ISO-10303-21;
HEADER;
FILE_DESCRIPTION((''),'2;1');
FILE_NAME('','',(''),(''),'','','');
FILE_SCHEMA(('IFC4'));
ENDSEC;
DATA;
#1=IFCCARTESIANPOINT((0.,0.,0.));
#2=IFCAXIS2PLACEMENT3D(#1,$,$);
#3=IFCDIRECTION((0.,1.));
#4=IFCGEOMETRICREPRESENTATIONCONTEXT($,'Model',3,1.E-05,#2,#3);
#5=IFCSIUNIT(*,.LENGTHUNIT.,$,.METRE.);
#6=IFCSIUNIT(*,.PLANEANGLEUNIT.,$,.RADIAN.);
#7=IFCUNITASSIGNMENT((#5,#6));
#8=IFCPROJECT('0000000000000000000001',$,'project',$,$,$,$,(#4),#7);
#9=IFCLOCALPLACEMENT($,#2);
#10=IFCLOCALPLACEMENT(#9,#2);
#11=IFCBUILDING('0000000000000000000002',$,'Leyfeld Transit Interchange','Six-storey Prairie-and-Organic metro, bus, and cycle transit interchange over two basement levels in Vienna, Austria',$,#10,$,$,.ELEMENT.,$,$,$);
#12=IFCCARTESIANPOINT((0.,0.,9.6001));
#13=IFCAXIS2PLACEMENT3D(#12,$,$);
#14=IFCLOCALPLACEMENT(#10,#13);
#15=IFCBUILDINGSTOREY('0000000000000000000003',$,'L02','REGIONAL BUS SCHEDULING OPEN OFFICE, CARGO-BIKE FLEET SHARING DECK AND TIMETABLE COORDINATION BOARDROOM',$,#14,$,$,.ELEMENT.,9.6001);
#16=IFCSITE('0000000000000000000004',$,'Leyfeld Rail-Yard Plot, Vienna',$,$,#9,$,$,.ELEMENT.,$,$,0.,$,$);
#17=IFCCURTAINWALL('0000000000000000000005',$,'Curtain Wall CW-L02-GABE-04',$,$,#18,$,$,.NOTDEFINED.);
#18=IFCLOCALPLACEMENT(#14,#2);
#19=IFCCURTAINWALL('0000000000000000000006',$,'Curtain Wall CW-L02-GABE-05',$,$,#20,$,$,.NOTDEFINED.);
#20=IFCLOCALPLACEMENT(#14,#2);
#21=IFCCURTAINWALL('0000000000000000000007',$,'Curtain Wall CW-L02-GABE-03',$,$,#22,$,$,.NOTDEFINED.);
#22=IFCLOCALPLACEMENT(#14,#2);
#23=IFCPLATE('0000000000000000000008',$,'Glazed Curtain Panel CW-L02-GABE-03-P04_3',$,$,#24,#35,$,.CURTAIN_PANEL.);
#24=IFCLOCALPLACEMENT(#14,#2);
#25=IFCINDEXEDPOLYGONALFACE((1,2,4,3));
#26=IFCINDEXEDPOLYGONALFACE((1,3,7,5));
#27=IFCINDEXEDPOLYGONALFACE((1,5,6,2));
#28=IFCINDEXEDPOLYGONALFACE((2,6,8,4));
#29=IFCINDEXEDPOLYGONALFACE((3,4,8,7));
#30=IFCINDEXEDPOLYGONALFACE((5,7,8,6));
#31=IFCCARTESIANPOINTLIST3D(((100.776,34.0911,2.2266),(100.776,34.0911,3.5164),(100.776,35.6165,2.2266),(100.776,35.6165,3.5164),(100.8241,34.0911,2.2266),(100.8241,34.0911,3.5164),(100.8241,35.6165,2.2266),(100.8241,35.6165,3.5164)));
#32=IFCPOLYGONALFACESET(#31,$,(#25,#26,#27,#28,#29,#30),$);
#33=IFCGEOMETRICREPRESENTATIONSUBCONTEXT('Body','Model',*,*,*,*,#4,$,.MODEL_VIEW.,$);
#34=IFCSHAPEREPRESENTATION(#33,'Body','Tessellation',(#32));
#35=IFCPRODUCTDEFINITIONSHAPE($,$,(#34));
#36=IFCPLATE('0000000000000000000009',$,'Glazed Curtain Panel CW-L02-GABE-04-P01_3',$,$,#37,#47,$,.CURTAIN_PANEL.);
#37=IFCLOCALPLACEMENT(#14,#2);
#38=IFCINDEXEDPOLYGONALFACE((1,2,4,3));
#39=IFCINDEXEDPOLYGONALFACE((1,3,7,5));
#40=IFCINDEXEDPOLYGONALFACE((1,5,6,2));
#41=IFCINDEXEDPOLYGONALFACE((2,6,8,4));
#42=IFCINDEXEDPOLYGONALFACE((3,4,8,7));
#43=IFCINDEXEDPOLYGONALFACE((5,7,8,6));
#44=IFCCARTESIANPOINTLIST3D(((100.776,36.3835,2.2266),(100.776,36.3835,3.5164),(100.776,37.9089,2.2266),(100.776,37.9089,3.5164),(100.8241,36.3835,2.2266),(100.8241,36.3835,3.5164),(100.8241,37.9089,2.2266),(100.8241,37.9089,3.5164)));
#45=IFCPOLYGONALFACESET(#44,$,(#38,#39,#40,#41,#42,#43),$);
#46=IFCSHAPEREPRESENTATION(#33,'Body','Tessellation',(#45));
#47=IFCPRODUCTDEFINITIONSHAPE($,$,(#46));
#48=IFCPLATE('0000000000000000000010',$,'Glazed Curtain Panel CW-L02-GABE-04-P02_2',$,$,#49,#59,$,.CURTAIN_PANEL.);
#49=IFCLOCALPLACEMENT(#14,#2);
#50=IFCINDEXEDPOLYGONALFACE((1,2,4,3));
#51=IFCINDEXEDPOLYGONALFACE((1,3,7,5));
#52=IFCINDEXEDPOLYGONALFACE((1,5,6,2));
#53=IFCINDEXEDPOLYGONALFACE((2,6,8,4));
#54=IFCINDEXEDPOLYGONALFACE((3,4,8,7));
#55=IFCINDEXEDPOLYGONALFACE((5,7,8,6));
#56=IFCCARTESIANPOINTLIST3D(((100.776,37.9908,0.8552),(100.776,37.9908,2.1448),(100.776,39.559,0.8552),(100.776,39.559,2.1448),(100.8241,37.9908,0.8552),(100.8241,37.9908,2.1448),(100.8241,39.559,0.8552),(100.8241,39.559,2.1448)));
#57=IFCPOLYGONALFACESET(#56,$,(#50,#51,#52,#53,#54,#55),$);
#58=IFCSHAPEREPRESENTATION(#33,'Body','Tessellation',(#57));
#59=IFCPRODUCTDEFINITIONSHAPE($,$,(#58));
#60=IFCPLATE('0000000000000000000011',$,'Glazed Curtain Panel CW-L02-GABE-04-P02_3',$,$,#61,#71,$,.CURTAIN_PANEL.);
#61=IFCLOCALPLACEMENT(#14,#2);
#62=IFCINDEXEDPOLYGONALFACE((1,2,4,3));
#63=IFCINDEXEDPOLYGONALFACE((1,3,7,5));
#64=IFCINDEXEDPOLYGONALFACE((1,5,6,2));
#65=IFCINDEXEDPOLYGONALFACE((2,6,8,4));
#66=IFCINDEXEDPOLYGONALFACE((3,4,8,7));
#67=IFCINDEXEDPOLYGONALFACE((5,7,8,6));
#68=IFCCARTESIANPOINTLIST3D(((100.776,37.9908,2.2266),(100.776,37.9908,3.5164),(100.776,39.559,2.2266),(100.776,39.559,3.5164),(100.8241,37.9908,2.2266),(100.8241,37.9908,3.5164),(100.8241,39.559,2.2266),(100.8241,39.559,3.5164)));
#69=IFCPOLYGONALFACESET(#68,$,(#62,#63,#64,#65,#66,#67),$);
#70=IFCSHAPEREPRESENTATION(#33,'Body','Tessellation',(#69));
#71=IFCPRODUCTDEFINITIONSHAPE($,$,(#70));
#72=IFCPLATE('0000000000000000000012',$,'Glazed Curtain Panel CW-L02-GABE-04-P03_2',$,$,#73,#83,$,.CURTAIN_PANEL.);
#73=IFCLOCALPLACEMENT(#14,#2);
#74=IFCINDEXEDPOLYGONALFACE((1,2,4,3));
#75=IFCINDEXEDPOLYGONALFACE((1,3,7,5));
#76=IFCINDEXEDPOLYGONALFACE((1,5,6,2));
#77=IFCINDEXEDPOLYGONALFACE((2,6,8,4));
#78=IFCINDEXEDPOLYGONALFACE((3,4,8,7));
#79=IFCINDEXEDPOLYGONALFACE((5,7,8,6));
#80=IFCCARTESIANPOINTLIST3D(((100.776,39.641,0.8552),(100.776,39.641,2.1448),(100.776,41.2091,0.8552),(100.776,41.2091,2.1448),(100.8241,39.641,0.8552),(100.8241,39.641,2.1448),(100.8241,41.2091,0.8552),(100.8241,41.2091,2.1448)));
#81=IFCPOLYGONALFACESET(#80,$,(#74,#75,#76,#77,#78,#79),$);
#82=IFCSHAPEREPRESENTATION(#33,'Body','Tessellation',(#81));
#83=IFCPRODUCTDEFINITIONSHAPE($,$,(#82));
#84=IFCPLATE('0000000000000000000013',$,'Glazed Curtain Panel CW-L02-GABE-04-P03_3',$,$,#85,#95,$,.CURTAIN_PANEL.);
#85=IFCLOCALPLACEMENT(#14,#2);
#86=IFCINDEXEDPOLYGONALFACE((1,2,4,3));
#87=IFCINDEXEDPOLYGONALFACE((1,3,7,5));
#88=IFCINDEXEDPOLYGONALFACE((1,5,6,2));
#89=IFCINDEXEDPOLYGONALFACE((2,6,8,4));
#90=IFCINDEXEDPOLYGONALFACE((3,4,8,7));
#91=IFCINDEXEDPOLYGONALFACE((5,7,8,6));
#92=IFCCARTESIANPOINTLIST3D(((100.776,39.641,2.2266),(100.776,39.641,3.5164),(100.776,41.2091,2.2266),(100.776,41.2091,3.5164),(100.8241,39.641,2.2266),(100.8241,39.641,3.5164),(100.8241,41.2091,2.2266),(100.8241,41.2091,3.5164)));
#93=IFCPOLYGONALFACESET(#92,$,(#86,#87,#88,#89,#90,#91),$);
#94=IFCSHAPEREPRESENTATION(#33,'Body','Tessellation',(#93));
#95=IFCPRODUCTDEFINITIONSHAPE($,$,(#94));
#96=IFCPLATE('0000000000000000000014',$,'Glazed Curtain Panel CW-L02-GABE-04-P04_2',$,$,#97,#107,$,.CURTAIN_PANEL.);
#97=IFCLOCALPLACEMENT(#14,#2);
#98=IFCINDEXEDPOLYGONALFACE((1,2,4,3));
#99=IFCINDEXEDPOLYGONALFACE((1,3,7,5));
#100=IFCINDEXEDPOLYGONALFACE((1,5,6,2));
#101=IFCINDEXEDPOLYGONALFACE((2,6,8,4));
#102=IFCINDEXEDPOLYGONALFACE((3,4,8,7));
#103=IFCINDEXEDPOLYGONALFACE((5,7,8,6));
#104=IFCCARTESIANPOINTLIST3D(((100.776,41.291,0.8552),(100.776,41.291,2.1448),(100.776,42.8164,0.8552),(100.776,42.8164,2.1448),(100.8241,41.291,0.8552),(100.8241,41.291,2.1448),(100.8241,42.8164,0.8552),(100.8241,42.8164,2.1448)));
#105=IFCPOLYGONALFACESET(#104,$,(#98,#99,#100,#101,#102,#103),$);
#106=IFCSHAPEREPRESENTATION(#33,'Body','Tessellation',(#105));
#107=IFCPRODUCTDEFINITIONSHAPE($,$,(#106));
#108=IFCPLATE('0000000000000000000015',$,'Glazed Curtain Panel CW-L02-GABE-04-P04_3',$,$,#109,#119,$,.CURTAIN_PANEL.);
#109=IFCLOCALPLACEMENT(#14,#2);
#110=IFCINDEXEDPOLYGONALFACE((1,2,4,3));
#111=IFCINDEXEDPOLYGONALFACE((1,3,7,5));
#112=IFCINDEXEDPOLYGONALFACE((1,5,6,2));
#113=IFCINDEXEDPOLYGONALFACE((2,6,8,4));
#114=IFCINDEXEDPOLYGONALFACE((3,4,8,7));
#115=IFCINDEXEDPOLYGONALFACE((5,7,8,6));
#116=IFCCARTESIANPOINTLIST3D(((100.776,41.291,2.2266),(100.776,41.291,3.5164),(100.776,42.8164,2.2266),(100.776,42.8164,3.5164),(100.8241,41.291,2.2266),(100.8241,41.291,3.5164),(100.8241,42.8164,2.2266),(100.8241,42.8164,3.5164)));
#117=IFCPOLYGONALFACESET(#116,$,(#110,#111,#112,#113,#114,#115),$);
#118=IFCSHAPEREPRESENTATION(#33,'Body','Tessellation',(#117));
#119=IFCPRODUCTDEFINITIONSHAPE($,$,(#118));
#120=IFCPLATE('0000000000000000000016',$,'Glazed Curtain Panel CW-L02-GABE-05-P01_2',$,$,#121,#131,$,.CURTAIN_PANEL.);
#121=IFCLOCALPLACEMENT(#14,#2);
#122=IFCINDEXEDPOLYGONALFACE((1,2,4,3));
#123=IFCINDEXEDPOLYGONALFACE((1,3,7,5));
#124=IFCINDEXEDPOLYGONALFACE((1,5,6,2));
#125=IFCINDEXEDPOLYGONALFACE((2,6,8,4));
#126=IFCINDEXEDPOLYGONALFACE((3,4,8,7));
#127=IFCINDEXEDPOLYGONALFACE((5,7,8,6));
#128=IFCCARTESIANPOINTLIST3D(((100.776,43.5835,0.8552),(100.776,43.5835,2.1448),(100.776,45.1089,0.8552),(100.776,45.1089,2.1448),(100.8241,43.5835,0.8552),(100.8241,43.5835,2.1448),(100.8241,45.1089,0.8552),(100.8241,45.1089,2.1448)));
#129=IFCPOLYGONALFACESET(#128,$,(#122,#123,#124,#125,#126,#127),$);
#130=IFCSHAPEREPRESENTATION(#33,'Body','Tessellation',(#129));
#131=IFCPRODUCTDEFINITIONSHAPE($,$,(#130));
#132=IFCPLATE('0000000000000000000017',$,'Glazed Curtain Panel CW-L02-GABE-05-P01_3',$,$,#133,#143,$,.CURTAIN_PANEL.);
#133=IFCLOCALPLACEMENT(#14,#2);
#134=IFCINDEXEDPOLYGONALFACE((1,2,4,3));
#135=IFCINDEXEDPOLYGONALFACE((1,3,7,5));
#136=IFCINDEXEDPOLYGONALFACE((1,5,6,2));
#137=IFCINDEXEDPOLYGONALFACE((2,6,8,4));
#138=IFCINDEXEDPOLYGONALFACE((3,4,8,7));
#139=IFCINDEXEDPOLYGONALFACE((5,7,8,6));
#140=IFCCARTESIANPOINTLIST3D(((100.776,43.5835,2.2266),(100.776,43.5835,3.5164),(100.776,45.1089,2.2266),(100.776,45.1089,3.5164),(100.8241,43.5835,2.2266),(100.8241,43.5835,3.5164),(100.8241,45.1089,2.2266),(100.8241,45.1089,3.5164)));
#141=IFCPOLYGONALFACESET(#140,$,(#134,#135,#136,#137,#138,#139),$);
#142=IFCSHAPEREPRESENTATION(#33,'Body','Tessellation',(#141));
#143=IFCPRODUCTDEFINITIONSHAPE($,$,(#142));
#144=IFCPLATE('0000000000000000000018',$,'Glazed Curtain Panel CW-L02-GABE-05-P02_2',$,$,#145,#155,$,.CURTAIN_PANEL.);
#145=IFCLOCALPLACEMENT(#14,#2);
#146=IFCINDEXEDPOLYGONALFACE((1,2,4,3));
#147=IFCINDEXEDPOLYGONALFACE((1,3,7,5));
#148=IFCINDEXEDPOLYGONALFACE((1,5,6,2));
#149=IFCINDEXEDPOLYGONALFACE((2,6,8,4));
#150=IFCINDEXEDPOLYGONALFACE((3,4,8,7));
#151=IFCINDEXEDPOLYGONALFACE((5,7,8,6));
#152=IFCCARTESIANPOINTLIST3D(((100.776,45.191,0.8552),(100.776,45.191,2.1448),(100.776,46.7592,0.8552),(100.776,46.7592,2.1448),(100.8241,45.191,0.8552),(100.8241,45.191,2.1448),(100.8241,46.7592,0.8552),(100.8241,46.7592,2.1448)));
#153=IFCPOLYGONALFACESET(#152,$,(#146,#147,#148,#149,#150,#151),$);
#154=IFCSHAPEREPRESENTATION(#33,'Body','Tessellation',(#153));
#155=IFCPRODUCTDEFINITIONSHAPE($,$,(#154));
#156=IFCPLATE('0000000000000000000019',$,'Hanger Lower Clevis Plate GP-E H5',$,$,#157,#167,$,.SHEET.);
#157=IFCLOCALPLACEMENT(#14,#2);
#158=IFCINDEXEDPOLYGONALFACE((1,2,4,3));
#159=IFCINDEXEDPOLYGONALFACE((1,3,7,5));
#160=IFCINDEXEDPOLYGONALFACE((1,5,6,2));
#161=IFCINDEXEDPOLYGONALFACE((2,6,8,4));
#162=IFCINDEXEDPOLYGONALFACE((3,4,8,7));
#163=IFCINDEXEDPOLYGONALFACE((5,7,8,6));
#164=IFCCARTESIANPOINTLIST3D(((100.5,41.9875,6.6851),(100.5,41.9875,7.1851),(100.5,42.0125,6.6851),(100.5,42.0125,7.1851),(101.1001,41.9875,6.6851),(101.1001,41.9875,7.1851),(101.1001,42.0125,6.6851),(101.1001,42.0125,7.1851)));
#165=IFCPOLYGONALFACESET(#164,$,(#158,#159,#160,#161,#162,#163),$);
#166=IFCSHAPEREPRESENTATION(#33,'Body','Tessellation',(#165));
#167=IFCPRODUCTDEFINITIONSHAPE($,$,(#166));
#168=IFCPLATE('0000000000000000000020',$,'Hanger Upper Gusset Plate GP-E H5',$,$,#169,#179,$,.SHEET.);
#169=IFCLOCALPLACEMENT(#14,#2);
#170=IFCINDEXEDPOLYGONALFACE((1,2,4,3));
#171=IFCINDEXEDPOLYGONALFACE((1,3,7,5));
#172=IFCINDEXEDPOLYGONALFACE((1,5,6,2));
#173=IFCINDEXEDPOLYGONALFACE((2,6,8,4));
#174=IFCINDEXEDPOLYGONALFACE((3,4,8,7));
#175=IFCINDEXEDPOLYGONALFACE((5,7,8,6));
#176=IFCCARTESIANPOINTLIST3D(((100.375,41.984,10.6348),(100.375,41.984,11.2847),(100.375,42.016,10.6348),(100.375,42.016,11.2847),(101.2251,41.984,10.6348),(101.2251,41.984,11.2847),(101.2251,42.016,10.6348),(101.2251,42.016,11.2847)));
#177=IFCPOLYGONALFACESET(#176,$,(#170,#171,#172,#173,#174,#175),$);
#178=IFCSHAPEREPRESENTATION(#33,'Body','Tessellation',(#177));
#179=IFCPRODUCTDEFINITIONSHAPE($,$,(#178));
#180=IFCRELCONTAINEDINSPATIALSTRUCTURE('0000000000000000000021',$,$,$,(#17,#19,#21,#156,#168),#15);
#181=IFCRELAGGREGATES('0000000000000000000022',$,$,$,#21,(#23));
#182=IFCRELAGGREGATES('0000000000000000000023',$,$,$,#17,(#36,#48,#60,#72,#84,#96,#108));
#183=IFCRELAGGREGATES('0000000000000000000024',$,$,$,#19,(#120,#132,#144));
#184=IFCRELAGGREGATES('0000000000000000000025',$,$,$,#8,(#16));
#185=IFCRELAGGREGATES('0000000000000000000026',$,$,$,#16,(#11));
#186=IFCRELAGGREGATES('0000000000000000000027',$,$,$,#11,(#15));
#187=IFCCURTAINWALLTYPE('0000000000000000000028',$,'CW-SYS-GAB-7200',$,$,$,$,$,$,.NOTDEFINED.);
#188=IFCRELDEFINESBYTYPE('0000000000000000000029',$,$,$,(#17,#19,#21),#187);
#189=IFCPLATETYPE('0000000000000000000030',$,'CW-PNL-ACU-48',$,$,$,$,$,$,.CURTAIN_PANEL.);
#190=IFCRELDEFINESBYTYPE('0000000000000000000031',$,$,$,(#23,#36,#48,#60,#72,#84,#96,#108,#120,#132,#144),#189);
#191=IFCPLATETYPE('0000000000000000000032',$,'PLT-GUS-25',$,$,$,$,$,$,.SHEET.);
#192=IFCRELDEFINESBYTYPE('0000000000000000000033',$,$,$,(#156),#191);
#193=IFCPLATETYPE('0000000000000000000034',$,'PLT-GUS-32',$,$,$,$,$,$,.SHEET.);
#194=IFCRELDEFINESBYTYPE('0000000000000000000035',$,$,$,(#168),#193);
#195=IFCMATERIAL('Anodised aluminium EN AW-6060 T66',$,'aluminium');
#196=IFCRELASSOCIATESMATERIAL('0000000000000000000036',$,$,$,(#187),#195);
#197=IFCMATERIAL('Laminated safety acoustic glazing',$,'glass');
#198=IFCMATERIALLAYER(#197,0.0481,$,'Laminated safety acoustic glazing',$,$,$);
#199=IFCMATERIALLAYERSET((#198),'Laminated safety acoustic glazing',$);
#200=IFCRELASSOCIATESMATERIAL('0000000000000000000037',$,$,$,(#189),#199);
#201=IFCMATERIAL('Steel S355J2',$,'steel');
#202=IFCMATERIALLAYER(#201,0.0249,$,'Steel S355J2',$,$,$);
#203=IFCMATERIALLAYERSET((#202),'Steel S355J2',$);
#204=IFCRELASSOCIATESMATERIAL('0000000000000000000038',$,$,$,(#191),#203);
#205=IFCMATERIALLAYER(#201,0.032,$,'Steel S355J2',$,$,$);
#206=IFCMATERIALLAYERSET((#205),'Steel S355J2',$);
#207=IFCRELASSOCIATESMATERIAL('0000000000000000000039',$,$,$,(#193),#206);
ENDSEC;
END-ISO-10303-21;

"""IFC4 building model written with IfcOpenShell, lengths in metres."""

from ifc_helpers import new_model, si_unit, direction, frame, origin, origin_2d, place, context, subcontext, project, spatial, rectangle, extrude, material, layer, layer_set, type_object, element, aggregate, save


model = new_model("IFC4")

# Units and contexts
model_context = context("Model", 3, precision=1e-05, world=origin(), true_north=direction((0.0, 1.0)))
body_context = subcontext(model_context, "Body", "Model", "MODEL_VIEW")
ifc_project = project(units=[si_unit("LENGTHUNIT", "METRE"), si_unit("PLANEANGLEUNIT", "RADIAN")], contexts=[model_context])

# Site, building, storey
site_placement = place(None, origin())
site = spatial("IfcSite", under=ifc_project, at=site_placement, Name="Leyfeld Rail-Yard Plot, Vienna", CompositionType="ELEMENT", RefElevation=0.0)
building_placement = place(site_placement, origin())
building = spatial("IfcBuilding", under=site, at=building_placement, Name="Leyfeld Transit Interchange", Description="Six-storey Prairie-and-Organic metro, bus, and cycle transit interchange over two basement levels in Vienna, Austria", CompositionType="ELEMENT")
storey_placement = place(building_placement, frame((0.0, 0.0, 9.6001)))
storey = spatial("IfcBuildingStorey", under=building, at=storey_placement, Name="L02", Description="REGIONAL BUS SCHEDULING OPEN OFFICE, CARGO-BIKE FLEET SHARING DECK AND TIMETABLE COORDINATION BOARDROOM", CompositionType="ELEMENT", Elevation=9.6001)

# Curtain walls
ifc_material_1 = material(Name="Anodised aluminium EN AW-6060 T66", Category="aluminium")
curtain_wall_type = type_object("IfcCurtainWallType", Name="CW-SYS-GAB-7200", PredefinedType="NOTDEFINED", material=ifc_material_1)
curtain_wall_1_placement = place(storey_placement, origin())
curtain_wall_1 = element("IfcCurtainWall", 1, at=curtain_wall_1_placement, inside=storey, type_object=curtain_wall_type, Name="Curtain Wall CW-L02-GABE-04", PredefinedType="NOTDEFINED")
curtain_wall_2_placement = place(storey_placement, origin())
curtain_wall_2 = element("IfcCurtainWall", 2, at=curtain_wall_2_placement, inside=storey, type_object=curtain_wall_type, Name="Curtain Wall CW-L02-GABE-05", PredefinedType="NOTDEFINED")

# Shared definitions
ifc_material_2 = material(Name="Steel S355J2", Category="steel")

# Curtain wall, plate
curtain_wall_3_placement = place(storey_placement, origin())
curtain_wall_3 = element("IfcCurtainWall", 3, at=curtain_wall_3_placement, inside=storey, type_object=curtain_wall_type, Name="Curtain Wall CW-L02-GABE-03", PredefinedType="NOTDEFINED")
ifc_material_3 = material(Name="Laminated safety acoustic glazing", Category="glass")
ifc_layer_1 = layer(ifc_material_3, 0.0481, Name="Laminated safety acoustic glazing")
ifc_layer_set_1 = layer_set([ifc_layer_1], Name="Laminated safety acoustic glazing")
plate_type_1 = type_object("IfcPlateType", Name="CW-PNL-ACU-48", PredefinedType="CURTAIN_PANEL", material=ifc_layer_set_1)
plate_1_placement = place(storey_placement, frame((100.8, 34.8538, 2.2266), z_axis=(0.0, 0.0, 1.0), x_axis=(0.0, 1.0, 0.0)))
plate_1 = element("IfcPlate", 4, at=plate_1_placement, type_object=plate_type_1, Name="Glazed Curtain Panel CW-L02-GABE-03-P04_3", PredefinedType="CURTAIN_PANEL", context=body_context, shape_type="SweptSolid", body=[
    extrude(rectangle(XDim=1.5254, YDim=0.0481, at=origin_2d()), origin(), (0.0, 0.0, 1.0), 1.2898),
])
aggregate(curtain_wall_3, [plate_1])

# Plates
plate_2_placement = place(storey_placement, frame((100.8, 37.1462, 2.2266), z_axis=(0.0, 0.0, 1.0), x_axis=(0.0, 1.0, 0.0)))
plate_2 = element("IfcPlate", 5, at=plate_2_placement, type_object=plate_type_1, Name="Glazed Curtain Panel CW-L02-GABE-04-P01_3", PredefinedType="CURTAIN_PANEL", context=body_context, shape_type="SweptSolid", body=[
    extrude(rectangle(XDim=1.5254, YDim=0.0481, at=origin_2d()), origin(), (0.0, 0.0, 1.0), 1.2898),
])
plate_3_placement = place(storey_placement, frame((100.8, 38.7749, 0.8552), z_axis=(0.0, 0.0, 1.0), x_axis=(0.0, 1.0, 0.0)))
plate_3 = element("IfcPlate", 6, at=plate_3_placement, type_object=plate_type_1, Name="Glazed Curtain Panel CW-L02-GABE-04-P02_2", PredefinedType="CURTAIN_PANEL", context=body_context, shape_type="SweptSolid", body=[
    extrude(rectangle(XDim=1.5681, YDim=0.0481, at=origin_2d()), origin(), (0.0, 0.0, 1.0), 1.2896),
])
plate_4_placement = place(storey_placement, frame((100.8, 38.7749, 2.2266), z_axis=(0.0, 0.0, 1.0), x_axis=(0.0, 1.0, 0.0)))
plate_4 = element("IfcPlate", 7, at=plate_4_placement, type_object=plate_type_1, Name="Glazed Curtain Panel CW-L02-GABE-04-P02_3", PredefinedType="CURTAIN_PANEL", context=body_context, shape_type="SweptSolid", body=[
    extrude(rectangle(XDim=1.5681, YDim=0.0481, at=origin_2d()), origin(), (0.0, 0.0, 1.0), 1.2898),
])
plate_5_placement = place(storey_placement, frame((100.8, 40.425, 0.8552), z_axis=(0.0, 0.0, 1.0), x_axis=(0.0, 1.0, 0.0)))
plate_5 = element("IfcPlate", 8, at=plate_5_placement, type_object=plate_type_1, Name="Glazed Curtain Panel CW-L02-GABE-04-P03_2", PredefinedType="CURTAIN_PANEL", context=body_context, shape_type="SweptSolid", body=[
    extrude(rectangle(XDim=1.5681, YDim=0.0481, at=origin_2d()), origin(), (0.0, 0.0, 1.0), 1.2896),
])
plate_6_placement = place(storey_placement, frame((100.8, 40.425, 2.2266), z_axis=(0.0, 0.0, 1.0), x_axis=(0.0, 1.0, 0.0)))
plate_6 = element("IfcPlate", 9, at=plate_6_placement, type_object=plate_type_1, Name="Glazed Curtain Panel CW-L02-GABE-04-P03_3", PredefinedType="CURTAIN_PANEL", context=body_context, shape_type="SweptSolid", body=[
    extrude(rectangle(XDim=1.5681, YDim=0.0481, at=origin_2d()), origin(), (0.0, 0.0, 1.0), 1.2898),
])
plate_7_placement = place(storey_placement, frame((100.8, 42.0537, 0.8552), z_axis=(0.0, 0.0, 1.0), x_axis=(0.0, 1.0, 0.0)))
plate_7 = element("IfcPlate", 10, at=plate_7_placement, type_object=plate_type_1, Name="Glazed Curtain Panel CW-L02-GABE-04-P04_2", PredefinedType="CURTAIN_PANEL", context=body_context, shape_type="SweptSolid", body=[
    extrude(rectangle(XDim=1.5254, YDim=0.0481, at=origin_2d()), origin(), (0.0, 0.0, 1.0), 1.2896),
])
plate_8_placement = place(storey_placement, frame((100.8, 42.0537, 2.2266), z_axis=(0.0, 0.0, 1.0), x_axis=(0.0, 1.0, 0.0)))
plate_8 = element("IfcPlate", 11, at=plate_8_placement, type_object=plate_type_1, Name="Glazed Curtain Panel CW-L02-GABE-04-P04_3", PredefinedType="CURTAIN_PANEL", context=body_context, shape_type="SweptSolid", body=[
    extrude(rectangle(XDim=1.5254, YDim=0.0481, at=origin_2d()), origin(), (0.0, 0.0, 1.0), 1.2898),
])
aggregate(curtain_wall_1, [plate_2, plate_3, plate_4, plate_5, plate_6, plate_7, plate_8])
plate_9_placement = place(storey_placement, frame((100.8, 44.3462, 0.8552), z_axis=(0.0, 0.0, 1.0), x_axis=(0.0, 1.0, 0.0)))
plate_9 = element("IfcPlate", 12, at=plate_9_placement, type_object=plate_type_1, Name="Glazed Curtain Panel CW-L02-GABE-05-P01_2", PredefinedType="CURTAIN_PANEL", context=body_context, shape_type="SweptSolid", body=[
    extrude(rectangle(XDim=1.5254, YDim=0.0481, at=origin_2d()), origin(), (0.0, 0.0, 1.0), 1.2896),
])
plate_10_placement = place(storey_placement, frame((100.8, 44.3462, 2.2266), z_axis=(0.0, 0.0, 1.0), x_axis=(0.0, 1.0, 0.0)))
plate_10 = element("IfcPlate", 13, at=plate_10_placement, type_object=plate_type_1, Name="Glazed Curtain Panel CW-L02-GABE-05-P01_3", PredefinedType="CURTAIN_PANEL", context=body_context, shape_type="SweptSolid", body=[
    extrude(rectangle(XDim=1.5254, YDim=0.0481, at=origin_2d()), origin(), (0.0, 0.0, 1.0), 1.2898),
])
plate_11_placement = place(storey_placement, frame((100.8, 45.9751, 0.8552), z_axis=(0.0, 0.0, 1.0), x_axis=(0.0, 1.0, 0.0)))
plate_11 = element("IfcPlate", 14, at=plate_11_placement, type_object=plate_type_1, Name="Glazed Curtain Panel CW-L02-GABE-05-P02_2", PredefinedType="CURTAIN_PANEL", context=body_context, shape_type="SweptSolid", body=[
    extrude(rectangle(XDim=1.5681, YDim=0.0481, at=origin_2d()), origin(), (0.0, 0.0, 1.0), 1.2896),
])
aggregate(curtain_wall_2, [plate_9, plate_10, plate_11])

# Plates
ifc_layer_2 = layer(ifc_material_2, 0.0249, Name="Steel S355J2")
ifc_layer_set_2 = layer_set([ifc_layer_2], Name="Steel S355J2")
plate_type_2 = type_object("IfcPlateType", Name="PLT-GUS-25", PredefinedType="SHEET", material=ifc_layer_set_2)
plate_12_placement = place(storey_placement, frame((100.8, 42.0, 6.6851), z_axis=(0.0, 0.0, 1.0), x_axis=(1.0, 0.0, 0.0)))
element("IfcPlate", 15, at=plate_12_placement, inside=storey, type_object=plate_type_2, Name="Hanger Lower Clevis Plate GP-E H5", PredefinedType="SHEET", context=body_context, shape_type="SweptSolid", body=[
    extrude(rectangle(XDim=0.6001, YDim=0.0249, at=origin_2d()), origin(), (0.0, 0.0, 1.0), 0.5),
])
ifc_layer_3 = layer(ifc_material_2, 0.032, Name="Steel S355J2")
ifc_layer_set_3 = layer_set([ifc_layer_3], Name="Steel S355J2")
plate_type_3 = type_object("IfcPlateType", Name="PLT-GUS-32", PredefinedType="SHEET", material=ifc_layer_set_3)
plate_13_placement = place(storey_placement, frame((100.8, 42.0, 10.6348), z_axis=(0.0, 0.0, 1.0), x_axis=(1.0, 0.0, 0.0)))
element("IfcPlate", 16, at=plate_13_placement, inside=storey, type_object=plate_type_3, Name="Hanger Upper Gusset Plate GP-E H5", PredefinedType="SHEET", context=body_context, shape_type="SweptSolid", body=[
    extrude(rectangle(XDim=0.8501, YDim=0.032, at=origin_2d()), origin(), (0.0, 0.0, 1.0), 0.6499),
])

save(model, "model.ifc")
